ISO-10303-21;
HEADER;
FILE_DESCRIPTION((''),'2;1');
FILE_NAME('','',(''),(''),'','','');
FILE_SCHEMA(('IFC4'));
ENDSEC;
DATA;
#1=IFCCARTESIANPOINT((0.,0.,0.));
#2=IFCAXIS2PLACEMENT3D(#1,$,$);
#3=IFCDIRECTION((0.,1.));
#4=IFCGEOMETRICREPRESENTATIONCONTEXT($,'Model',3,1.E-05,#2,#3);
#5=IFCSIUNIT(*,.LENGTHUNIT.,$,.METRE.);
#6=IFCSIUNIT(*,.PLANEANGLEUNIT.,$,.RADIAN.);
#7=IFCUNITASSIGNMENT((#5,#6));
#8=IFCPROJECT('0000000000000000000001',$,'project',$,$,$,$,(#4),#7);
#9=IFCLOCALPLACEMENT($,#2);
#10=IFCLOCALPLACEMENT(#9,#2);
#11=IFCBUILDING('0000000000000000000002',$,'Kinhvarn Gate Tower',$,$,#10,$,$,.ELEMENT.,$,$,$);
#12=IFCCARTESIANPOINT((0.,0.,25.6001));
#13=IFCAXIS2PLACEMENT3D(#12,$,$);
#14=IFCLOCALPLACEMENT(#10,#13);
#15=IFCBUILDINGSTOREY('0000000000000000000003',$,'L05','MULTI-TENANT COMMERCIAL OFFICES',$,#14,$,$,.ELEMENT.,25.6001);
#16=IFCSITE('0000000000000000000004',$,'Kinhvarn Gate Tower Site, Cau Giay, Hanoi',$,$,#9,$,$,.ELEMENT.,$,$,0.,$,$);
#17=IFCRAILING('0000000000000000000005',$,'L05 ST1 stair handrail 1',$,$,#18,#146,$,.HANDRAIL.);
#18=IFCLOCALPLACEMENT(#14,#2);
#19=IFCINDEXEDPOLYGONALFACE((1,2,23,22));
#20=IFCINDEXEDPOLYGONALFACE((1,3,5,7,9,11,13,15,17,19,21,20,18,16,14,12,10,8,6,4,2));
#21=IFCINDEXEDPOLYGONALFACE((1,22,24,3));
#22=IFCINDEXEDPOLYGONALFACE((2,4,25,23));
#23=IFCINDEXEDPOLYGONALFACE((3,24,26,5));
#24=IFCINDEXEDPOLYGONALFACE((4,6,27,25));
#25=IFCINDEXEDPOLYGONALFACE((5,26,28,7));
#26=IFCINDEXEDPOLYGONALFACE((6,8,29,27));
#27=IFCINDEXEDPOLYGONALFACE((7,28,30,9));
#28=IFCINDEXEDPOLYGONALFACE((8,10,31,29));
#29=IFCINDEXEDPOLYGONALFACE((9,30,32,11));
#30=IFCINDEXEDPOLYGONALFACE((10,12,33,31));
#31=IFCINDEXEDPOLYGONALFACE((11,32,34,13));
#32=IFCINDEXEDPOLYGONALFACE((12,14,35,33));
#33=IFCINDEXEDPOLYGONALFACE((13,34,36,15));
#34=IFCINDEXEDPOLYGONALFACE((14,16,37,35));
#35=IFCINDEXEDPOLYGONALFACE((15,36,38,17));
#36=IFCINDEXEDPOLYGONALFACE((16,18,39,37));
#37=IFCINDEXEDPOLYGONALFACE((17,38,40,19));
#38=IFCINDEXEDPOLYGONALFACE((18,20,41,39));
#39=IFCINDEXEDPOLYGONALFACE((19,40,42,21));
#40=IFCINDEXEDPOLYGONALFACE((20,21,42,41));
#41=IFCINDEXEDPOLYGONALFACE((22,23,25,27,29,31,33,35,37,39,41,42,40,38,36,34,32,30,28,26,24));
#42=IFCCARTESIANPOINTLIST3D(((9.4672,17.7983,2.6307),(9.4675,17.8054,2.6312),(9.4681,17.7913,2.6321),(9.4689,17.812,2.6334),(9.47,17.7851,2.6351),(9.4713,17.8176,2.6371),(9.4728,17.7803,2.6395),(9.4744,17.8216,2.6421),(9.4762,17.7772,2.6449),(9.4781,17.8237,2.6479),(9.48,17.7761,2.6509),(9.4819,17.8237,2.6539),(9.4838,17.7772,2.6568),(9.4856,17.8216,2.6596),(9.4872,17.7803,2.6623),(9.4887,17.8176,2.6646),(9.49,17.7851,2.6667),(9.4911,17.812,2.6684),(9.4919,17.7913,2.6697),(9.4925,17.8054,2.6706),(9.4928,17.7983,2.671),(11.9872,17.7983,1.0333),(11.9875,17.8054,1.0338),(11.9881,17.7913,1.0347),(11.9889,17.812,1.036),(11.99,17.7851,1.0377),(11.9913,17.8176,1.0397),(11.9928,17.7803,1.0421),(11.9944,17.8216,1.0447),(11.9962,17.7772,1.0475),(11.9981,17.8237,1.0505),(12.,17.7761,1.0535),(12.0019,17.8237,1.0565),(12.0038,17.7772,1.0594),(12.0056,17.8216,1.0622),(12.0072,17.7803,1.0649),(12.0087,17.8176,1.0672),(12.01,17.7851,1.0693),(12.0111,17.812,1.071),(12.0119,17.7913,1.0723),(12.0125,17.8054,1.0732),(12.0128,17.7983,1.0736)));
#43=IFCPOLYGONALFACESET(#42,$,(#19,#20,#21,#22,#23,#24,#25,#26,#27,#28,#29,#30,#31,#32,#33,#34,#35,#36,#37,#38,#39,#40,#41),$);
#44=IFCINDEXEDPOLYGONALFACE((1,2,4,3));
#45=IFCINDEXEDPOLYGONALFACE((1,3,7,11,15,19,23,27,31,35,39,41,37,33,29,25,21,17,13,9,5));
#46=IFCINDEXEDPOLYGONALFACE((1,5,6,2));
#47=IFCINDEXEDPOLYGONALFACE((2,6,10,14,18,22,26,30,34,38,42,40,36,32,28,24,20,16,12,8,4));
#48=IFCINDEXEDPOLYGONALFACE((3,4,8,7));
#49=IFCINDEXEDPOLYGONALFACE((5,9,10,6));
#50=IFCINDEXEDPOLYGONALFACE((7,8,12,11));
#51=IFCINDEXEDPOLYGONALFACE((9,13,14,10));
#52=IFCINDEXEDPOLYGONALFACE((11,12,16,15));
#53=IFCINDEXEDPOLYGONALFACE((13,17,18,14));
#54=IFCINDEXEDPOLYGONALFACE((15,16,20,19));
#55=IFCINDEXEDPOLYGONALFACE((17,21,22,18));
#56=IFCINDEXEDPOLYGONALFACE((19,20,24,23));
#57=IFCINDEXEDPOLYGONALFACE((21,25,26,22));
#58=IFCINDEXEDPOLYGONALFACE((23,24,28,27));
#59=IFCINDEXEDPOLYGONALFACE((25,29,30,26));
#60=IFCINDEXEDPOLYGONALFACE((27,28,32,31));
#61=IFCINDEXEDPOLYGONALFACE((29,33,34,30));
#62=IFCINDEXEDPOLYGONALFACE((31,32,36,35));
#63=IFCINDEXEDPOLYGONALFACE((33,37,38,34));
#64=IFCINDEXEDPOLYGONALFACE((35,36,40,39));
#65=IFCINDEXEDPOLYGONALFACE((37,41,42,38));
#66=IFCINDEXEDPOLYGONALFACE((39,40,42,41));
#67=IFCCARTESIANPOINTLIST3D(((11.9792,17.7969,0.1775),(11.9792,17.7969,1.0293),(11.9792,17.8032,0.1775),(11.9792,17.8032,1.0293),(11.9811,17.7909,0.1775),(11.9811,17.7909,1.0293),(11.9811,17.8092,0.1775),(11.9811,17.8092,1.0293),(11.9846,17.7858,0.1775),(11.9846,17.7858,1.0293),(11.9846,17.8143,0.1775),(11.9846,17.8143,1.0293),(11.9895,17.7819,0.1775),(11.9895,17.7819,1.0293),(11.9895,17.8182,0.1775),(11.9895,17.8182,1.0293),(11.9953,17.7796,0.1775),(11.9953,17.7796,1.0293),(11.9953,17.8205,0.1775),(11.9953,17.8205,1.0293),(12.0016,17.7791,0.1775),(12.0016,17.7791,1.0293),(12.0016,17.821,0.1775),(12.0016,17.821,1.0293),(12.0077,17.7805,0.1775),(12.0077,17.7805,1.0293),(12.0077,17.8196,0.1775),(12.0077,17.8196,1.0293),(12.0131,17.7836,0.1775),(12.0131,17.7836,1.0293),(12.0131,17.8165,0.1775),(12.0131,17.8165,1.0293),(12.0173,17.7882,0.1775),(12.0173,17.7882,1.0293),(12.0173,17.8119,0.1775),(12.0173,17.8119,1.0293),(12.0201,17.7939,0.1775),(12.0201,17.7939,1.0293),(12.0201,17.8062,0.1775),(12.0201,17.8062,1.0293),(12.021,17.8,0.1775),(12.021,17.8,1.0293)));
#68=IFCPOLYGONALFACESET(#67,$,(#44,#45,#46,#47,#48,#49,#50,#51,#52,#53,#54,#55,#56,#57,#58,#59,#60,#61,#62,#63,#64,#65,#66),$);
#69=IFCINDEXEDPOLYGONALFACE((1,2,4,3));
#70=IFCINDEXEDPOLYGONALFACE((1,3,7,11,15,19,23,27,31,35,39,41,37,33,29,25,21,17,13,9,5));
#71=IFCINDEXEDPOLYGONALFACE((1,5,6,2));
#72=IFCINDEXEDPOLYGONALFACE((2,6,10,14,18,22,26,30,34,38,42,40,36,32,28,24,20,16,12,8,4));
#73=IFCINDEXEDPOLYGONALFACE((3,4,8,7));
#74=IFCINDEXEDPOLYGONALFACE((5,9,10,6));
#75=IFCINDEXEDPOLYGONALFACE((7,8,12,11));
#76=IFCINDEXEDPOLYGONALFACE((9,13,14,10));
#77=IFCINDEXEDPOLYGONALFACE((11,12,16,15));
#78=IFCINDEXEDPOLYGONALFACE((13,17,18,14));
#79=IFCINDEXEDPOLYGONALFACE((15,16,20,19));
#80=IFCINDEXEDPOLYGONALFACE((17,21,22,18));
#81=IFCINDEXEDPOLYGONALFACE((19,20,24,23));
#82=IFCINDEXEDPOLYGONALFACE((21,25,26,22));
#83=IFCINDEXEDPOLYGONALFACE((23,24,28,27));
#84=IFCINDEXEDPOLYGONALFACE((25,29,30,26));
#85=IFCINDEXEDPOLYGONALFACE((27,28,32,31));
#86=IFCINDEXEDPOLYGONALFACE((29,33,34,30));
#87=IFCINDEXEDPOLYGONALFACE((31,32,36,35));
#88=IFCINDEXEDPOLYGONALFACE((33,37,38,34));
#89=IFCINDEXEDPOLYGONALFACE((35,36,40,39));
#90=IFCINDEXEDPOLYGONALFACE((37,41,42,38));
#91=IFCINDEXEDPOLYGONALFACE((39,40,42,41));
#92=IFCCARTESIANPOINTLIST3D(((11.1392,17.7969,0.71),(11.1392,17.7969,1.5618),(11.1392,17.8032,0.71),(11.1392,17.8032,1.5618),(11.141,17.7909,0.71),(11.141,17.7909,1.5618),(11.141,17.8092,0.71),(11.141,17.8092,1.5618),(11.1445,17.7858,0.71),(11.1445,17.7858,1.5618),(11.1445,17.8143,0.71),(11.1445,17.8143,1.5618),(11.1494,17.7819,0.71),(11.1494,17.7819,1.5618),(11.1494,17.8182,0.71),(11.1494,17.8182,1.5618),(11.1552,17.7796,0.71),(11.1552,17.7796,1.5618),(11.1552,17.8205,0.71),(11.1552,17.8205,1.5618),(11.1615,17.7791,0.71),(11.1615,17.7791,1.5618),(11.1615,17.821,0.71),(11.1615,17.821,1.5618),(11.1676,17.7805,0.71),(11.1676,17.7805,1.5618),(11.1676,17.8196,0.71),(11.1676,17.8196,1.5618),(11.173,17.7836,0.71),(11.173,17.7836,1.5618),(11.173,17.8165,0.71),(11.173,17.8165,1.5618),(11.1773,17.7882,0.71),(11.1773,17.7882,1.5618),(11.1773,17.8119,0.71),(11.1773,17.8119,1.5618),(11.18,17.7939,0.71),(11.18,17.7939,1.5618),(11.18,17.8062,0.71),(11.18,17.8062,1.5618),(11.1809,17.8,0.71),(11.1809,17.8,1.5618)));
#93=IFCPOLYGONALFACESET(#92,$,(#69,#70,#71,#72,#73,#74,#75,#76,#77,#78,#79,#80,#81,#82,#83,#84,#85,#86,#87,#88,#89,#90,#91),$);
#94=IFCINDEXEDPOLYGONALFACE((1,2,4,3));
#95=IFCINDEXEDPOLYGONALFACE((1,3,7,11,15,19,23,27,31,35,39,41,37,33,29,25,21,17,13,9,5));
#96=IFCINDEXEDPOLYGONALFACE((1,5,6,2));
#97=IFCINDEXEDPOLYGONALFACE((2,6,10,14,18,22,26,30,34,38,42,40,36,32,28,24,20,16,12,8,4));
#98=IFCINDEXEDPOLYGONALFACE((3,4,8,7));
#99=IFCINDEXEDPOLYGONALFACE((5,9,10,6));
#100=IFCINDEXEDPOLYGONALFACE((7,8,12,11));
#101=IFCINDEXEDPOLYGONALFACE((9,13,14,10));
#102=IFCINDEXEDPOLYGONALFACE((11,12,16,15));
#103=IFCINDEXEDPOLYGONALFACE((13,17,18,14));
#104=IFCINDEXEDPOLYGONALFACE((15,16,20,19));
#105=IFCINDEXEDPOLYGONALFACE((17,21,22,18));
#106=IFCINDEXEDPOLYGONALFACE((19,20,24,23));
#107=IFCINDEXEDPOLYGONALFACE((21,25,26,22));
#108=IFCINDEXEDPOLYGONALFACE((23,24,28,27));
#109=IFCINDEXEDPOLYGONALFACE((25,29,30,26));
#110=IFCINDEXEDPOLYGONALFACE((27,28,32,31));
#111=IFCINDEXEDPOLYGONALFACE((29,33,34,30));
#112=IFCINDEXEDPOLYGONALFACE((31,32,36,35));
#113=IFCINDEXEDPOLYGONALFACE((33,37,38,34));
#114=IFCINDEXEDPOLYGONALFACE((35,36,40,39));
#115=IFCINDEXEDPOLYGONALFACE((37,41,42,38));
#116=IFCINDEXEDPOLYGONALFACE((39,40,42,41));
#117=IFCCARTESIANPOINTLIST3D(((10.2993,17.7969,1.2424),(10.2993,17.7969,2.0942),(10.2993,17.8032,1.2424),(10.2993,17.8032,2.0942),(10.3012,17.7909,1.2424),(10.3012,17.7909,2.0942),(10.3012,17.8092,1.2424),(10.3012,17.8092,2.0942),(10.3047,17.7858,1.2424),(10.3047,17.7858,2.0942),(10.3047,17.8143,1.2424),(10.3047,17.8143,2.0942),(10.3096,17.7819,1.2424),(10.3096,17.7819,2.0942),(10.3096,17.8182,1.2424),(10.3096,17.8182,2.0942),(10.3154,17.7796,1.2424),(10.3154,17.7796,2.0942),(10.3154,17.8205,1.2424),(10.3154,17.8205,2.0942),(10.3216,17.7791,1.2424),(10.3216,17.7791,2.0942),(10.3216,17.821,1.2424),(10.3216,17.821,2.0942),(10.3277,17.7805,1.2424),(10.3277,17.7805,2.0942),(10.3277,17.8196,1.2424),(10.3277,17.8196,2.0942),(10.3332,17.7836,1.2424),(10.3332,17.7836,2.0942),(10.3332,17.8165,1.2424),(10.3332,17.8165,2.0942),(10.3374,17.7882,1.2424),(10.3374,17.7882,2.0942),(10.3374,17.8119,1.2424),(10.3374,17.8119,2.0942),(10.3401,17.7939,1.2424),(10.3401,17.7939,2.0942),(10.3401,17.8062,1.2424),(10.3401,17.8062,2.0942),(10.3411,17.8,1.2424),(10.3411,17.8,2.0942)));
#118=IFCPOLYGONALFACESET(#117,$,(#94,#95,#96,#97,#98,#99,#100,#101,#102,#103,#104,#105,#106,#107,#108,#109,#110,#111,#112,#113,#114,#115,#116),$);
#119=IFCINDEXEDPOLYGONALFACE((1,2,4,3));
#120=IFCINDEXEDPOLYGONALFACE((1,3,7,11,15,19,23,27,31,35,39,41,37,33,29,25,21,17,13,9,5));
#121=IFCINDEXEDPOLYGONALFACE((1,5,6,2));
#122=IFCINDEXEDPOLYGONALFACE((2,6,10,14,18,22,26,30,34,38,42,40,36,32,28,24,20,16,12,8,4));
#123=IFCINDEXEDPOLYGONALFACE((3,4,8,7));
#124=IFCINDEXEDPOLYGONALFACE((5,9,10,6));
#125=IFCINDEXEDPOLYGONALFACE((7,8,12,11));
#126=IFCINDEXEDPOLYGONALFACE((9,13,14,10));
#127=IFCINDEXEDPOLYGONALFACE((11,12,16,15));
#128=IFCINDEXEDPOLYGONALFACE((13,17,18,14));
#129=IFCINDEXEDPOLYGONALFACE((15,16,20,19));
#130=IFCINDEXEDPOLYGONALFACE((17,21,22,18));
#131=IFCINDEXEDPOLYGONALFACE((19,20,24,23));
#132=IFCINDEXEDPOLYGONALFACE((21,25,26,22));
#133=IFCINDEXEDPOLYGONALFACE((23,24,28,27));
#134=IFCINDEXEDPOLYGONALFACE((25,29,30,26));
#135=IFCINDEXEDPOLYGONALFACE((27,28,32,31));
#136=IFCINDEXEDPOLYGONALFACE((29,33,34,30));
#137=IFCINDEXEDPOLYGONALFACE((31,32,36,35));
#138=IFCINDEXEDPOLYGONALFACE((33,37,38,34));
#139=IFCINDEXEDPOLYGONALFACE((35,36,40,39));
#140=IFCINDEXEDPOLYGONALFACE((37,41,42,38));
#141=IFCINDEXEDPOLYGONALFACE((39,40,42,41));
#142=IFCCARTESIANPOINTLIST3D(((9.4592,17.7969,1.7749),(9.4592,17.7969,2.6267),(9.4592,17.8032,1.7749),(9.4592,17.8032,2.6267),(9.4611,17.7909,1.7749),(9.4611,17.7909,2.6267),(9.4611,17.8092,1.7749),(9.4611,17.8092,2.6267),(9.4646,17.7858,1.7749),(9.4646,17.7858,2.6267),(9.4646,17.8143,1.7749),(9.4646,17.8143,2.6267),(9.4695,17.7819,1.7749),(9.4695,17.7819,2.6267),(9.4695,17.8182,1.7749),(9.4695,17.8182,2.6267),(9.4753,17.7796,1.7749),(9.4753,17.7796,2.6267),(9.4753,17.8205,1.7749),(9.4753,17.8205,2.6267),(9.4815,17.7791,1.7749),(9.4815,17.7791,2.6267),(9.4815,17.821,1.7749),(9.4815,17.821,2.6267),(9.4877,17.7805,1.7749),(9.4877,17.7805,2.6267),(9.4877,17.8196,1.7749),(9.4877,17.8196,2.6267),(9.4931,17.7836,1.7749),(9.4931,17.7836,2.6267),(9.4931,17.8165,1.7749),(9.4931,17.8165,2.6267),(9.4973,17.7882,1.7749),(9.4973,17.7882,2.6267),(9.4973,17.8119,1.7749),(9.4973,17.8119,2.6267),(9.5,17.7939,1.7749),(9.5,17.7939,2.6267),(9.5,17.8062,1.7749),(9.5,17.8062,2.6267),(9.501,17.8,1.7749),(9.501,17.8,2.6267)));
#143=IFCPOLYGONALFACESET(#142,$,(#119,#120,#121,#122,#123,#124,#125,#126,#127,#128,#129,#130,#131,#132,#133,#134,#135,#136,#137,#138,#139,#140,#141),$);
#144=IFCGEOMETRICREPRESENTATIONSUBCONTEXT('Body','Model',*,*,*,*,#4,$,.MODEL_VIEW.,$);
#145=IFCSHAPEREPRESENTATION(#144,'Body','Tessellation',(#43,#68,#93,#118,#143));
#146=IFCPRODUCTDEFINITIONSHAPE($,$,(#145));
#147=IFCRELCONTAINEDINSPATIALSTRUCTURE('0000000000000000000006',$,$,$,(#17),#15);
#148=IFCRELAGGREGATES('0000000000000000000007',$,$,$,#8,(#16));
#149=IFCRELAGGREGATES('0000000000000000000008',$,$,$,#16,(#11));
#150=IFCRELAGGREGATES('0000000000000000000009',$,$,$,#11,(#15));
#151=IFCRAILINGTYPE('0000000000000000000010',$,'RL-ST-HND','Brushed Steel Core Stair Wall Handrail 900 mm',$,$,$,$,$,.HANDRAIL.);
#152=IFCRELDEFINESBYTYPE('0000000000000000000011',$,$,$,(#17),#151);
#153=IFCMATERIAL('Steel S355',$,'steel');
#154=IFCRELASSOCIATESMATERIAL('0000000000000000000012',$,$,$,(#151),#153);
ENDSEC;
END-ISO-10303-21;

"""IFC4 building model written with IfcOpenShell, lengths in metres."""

from ifc_helpers import new_model, si_unit, direction, frame, origin, origin_2d, place, context, subcontext, project, spatial, circle, extrude, material, type_object, element, save


model = new_model("IFC4")

# Units and contexts
model_context = context("Model", 3, precision=1e-05, world=origin(), true_north=direction((0.0, 1.0)))
body_context = subcontext(model_context, "Body", "Model", "MODEL_VIEW")
ifc_project = project(units=[si_unit("LENGTHUNIT", "METRE"), si_unit("PLANEANGLEUNIT", "RADIAN")], contexts=[model_context])

# Site, building, storey
site_placement = place(None, origin())
site = spatial("IfcSite", under=ifc_project, at=site_placement, Name="Kinhvarn Gate Tower Site, Cau Giay, Hanoi", CompositionType="ELEMENT", RefElevation=0.0)
building_placement = place(site_placement, origin())
building = spatial("IfcBuilding", under=site, at=building_placement, Name="Kinhvarn Gate Tower", CompositionType="ELEMENT")
storey_placement = place(building_placement, frame((0.0, 0.0, 25.6001)))
storey = spatial("IfcBuildingStorey", under=building, at=storey_placement, Name="L05", Description="MULTI-TENANT COMMERCIAL OFFICES", CompositionType="ELEMENT", Elevation=25.6001)

# Shared definitions
ifc_material_1 = material(Name="Steel S355", Category="steel")

# Railing
railing_type_1 = type_object("IfcRailingType", Name="RL-ST-HND", Description="Brushed Steel Core Stair Wall Handrail 900 mm", PredefinedType="HANDRAIL", material=ifc_material_1)
railing_1_placement = place(storey_placement, frame((12.0, 17.8, 0.1775)))
element("IfcRailing", 1, at=railing_1_placement, inside=storey, type_object=railing_type_1, Name="L05 ST1 stair handrail 1", PredefinedType="HANDRAIL", context=body_context, shape_type="SweptSolid", body=[
    extrude(circle(Radius=0.0239, at=origin_2d()), frame((0.0, 0.0, 0.876), z_axis=(-0.844607, 0.0, 0.535387), x_axis=(0.0, -1.0, 0.0)), (0.0, 0.0, 1.0), 2.9836),
    extrude(circle(Radius=0.021, at=origin_2d()), origin(), (0.0, 0.0, 1.0), 0.8518),
    extrude(circle(Radius=0.021, at=origin_2d()), frame((-0.8401, 0.0, 0.5325)), (0.0, 0.0, 1.0), 0.8518),
    extrude(circle(Radius=0.021, at=origin_2d()), frame((-1.6799, 0.0, 1.0649)), (0.0, 0.0, 1.0), 0.8518),
    extrude(circle(Radius=0.021, at=origin_2d()), frame((-2.52, 0.0, 1.5974)), (0.0, 0.0, 1.0), 0.8518),
])

save(model, "model.ifc")
